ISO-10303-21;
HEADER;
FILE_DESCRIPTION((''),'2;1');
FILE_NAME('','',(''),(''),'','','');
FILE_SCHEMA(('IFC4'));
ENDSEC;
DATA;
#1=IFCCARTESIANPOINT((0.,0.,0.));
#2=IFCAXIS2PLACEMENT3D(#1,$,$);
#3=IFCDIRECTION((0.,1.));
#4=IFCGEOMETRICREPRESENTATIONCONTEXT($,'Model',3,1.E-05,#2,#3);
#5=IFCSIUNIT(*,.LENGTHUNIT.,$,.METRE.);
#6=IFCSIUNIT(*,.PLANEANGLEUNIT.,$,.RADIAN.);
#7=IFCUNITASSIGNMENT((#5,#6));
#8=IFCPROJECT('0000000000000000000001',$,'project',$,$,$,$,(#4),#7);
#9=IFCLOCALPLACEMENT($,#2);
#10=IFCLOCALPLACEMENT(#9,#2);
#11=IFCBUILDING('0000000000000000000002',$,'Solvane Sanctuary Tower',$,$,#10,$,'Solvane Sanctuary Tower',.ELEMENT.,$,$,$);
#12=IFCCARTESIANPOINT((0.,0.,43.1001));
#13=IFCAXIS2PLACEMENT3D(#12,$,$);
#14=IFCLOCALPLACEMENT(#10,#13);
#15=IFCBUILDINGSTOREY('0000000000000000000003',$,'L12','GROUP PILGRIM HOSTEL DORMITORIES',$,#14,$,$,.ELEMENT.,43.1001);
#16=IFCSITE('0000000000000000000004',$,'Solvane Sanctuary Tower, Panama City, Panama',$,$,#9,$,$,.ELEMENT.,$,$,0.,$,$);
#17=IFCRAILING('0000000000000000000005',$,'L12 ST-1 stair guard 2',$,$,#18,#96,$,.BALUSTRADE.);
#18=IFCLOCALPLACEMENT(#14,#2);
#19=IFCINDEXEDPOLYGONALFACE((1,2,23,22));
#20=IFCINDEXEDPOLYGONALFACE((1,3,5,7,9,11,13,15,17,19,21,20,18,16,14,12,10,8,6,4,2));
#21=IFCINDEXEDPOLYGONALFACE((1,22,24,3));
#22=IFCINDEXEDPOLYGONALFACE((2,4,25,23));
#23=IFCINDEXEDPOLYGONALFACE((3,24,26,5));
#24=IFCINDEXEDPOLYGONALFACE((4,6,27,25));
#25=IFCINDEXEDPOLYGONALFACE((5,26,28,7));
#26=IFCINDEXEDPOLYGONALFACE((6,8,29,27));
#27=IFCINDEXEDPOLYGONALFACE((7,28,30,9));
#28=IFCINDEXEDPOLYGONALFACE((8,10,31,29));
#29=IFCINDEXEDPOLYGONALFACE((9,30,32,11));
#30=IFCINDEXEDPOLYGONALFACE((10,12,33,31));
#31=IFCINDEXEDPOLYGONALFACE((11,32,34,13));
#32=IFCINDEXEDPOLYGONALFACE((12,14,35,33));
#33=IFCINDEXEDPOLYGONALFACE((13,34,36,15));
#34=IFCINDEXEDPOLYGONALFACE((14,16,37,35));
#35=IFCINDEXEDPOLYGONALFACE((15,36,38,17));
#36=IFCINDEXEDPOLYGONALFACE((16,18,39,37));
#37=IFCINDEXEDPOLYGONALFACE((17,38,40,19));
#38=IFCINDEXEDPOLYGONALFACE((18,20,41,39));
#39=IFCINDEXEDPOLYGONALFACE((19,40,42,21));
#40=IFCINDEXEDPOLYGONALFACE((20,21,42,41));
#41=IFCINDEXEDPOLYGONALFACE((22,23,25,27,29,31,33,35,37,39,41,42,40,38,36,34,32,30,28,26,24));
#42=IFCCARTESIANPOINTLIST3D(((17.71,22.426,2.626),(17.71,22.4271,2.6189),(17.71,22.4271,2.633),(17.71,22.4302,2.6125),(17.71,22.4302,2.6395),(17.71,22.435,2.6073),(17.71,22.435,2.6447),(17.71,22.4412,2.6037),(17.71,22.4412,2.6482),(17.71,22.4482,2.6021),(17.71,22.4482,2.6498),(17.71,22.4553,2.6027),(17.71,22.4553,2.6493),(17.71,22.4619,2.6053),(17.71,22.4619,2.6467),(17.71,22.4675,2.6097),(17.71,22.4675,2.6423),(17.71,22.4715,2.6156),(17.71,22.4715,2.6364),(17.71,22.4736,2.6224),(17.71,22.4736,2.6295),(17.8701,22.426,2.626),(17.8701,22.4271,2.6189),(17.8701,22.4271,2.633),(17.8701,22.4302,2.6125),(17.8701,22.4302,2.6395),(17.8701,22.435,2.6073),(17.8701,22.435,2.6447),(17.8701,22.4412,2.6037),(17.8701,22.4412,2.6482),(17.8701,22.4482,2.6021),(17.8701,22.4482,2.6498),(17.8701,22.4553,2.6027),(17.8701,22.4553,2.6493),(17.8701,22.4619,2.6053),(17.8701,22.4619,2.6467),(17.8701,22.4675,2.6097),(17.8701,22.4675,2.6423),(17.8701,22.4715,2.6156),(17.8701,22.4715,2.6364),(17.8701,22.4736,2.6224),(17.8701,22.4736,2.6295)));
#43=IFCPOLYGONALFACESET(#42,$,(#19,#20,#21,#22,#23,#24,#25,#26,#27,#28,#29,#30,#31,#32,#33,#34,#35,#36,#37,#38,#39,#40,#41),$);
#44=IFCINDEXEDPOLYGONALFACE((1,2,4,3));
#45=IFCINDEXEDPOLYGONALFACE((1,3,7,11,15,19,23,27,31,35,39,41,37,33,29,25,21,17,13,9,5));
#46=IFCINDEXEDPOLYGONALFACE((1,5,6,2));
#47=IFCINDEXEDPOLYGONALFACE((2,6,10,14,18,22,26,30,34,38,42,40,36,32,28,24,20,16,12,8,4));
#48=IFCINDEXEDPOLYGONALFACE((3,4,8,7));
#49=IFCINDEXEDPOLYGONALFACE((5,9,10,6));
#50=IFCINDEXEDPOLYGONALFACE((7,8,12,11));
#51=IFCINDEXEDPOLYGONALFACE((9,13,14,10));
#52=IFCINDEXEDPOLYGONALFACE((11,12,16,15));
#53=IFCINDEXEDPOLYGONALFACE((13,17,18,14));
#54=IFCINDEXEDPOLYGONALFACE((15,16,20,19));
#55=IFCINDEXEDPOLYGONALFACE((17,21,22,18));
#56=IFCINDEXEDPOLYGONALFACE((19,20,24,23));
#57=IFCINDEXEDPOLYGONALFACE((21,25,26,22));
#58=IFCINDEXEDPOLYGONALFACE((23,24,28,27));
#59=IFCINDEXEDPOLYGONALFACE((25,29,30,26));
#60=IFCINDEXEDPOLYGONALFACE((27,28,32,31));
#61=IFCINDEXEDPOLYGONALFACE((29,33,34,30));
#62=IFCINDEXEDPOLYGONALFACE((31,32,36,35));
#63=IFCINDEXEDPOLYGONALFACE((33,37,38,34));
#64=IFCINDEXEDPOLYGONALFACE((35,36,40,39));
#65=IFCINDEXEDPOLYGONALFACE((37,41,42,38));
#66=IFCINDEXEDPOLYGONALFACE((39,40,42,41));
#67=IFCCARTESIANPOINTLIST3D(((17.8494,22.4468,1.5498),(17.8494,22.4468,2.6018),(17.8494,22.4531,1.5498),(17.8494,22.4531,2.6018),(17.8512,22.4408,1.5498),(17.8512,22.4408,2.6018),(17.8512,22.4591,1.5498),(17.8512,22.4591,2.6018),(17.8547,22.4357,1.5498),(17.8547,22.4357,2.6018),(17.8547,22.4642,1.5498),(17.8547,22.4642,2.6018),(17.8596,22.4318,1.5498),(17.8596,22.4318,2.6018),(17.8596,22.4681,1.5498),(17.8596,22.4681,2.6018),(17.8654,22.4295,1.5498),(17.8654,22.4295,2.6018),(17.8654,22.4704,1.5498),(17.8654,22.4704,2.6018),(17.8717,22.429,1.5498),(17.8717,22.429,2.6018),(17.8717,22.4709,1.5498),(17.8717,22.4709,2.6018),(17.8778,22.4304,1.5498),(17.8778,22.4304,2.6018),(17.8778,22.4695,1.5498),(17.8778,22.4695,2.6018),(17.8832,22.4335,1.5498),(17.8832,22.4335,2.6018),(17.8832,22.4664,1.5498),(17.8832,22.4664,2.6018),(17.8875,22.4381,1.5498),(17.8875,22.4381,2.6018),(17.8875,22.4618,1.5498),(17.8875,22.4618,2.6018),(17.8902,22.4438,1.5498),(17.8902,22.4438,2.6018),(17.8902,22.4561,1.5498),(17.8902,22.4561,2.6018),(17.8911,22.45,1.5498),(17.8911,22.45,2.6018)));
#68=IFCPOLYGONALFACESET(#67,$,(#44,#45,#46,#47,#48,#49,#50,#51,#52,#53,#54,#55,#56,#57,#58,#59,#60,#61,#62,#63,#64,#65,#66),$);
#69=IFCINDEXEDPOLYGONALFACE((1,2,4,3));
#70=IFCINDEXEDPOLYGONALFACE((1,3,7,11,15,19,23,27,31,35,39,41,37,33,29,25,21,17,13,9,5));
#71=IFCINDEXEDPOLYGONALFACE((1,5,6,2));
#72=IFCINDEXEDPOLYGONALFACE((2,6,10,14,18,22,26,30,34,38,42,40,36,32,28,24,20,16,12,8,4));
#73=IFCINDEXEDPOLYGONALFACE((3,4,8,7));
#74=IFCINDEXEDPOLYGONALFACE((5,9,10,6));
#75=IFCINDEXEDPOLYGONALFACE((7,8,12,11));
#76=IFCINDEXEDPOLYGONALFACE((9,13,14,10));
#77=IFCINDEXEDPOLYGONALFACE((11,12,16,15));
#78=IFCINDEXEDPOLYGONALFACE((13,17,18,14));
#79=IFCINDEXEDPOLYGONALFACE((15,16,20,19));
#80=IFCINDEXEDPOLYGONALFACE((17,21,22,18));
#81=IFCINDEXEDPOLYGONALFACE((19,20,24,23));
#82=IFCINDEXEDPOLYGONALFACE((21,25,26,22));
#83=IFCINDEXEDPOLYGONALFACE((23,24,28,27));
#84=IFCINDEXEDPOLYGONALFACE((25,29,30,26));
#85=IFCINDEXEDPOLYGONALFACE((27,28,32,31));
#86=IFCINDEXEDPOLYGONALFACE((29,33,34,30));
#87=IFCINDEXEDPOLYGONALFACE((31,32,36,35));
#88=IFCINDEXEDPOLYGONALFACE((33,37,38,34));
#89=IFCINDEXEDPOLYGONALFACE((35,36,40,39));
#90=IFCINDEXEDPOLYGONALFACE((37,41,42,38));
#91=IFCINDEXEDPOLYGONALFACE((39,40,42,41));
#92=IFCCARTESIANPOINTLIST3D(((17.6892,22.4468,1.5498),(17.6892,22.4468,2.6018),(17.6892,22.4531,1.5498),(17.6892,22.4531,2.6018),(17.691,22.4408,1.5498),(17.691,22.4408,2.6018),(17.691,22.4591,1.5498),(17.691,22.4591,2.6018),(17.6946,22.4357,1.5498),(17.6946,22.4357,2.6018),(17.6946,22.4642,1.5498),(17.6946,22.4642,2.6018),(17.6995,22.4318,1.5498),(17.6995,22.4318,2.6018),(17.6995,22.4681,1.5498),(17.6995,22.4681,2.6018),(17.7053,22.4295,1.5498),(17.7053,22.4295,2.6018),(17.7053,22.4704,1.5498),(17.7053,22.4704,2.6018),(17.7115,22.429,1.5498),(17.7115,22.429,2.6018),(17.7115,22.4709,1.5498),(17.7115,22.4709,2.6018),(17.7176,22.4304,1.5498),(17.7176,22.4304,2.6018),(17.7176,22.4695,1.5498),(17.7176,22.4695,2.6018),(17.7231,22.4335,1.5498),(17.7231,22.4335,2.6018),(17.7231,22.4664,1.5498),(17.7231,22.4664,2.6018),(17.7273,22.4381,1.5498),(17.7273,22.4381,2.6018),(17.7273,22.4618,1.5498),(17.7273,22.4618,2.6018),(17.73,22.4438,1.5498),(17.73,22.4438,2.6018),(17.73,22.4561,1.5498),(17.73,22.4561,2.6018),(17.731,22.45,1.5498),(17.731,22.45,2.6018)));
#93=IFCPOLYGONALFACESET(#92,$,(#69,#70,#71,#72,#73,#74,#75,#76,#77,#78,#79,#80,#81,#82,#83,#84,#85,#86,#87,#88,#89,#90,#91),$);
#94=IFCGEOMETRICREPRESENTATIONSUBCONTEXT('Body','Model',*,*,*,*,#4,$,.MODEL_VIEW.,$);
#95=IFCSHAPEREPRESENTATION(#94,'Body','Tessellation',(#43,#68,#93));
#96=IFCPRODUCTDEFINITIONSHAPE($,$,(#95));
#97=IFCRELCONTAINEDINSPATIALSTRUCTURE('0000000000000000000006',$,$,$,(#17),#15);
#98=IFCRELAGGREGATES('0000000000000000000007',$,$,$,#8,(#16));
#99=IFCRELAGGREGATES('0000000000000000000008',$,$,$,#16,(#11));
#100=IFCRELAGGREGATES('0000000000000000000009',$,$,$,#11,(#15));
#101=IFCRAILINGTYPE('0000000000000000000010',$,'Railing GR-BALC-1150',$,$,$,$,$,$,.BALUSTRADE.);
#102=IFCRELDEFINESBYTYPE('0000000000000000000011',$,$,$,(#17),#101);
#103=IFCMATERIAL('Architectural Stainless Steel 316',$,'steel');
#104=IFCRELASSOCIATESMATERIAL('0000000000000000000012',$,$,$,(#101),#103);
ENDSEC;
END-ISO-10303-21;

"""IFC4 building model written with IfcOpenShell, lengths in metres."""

from ifc_helpers import new_model, si_unit, direction, frame, origin, origin_2d, place, context, subcontext, project, spatial, circle, extrude, material, type_object, element, save


model = new_model("IFC4")

# Units and contexts
model_context = context("Model", 3, precision=1e-05, world=origin(), true_north=direction((0.0, 1.0)))
body_context = subcontext(model_context, "Body", "Model", "MODEL_VIEW")
ifc_project = project(units=[si_unit("LENGTHUNIT", "METRE"), si_unit("PLANEANGLEUNIT", "RADIAN")], contexts=[model_context])

# Site, building, storey
site_placement = place(None, origin())
site = spatial("IfcSite", under=ifc_project, at=site_placement, Name="Solvane Sanctuary Tower, Panama City, Panama", CompositionType="ELEMENT", RefElevation=0.0)
building_placement = place(site_placement, origin())
building = spatial("IfcBuilding", under=site, at=building_placement, Name="Solvane Sanctuary Tower", LongName="Solvane Sanctuary Tower", CompositionType="ELEMENT")
storey_placement = place(building_placement, frame((0.0, 0.0, 43.1001)))
storey = spatial("IfcBuildingStorey", under=building, at=storey_placement, Name="L12", Description="GROUP PILGRIM HOSTEL DORMITORIES", CompositionType="ELEMENT", Elevation=43.1001)

# Shared definitions
ifc_material_1 = material(Name="Architectural Stainless Steel 316", Category="steel")

# Railing
railing_type_1 = type_object("IfcRailingType", Name="Railing GR-BALC-1150", PredefinedType="BALUSTRADE", material=ifc_material_1)
railing_1_placement = place(storey_placement, frame((17.8701, 22.45, 1.5498)))
element("IfcRailing", 1, at=railing_1_placement, inside=storey, type_object=railing_type_1, Name="L12 ST-1 stair guard 2", PredefinedType="BALUSTRADE", context=body_context, shape_type="SweptSolid", body=[
    extrude(circle(Radius=0.0239, at=origin_2d()), frame((0.0, 0.0, 1.0762), z_axis=(-1.0, 0.0, 0.0), x_axis=(0.0, -1.0, 0.0)), (0.0, 0.0, 1.0), 0.1602),
    extrude(circle(Radius=0.021, at=origin_2d()), origin(), (0.0, 0.0, 1.0), 1.052),
    extrude(circle(Radius=0.021, at=origin_2d()), frame((-0.1602, 0.0, 0.0)), (0.0, 0.0, 1.0), 1.052),
])

save(model, "model.ifc")
